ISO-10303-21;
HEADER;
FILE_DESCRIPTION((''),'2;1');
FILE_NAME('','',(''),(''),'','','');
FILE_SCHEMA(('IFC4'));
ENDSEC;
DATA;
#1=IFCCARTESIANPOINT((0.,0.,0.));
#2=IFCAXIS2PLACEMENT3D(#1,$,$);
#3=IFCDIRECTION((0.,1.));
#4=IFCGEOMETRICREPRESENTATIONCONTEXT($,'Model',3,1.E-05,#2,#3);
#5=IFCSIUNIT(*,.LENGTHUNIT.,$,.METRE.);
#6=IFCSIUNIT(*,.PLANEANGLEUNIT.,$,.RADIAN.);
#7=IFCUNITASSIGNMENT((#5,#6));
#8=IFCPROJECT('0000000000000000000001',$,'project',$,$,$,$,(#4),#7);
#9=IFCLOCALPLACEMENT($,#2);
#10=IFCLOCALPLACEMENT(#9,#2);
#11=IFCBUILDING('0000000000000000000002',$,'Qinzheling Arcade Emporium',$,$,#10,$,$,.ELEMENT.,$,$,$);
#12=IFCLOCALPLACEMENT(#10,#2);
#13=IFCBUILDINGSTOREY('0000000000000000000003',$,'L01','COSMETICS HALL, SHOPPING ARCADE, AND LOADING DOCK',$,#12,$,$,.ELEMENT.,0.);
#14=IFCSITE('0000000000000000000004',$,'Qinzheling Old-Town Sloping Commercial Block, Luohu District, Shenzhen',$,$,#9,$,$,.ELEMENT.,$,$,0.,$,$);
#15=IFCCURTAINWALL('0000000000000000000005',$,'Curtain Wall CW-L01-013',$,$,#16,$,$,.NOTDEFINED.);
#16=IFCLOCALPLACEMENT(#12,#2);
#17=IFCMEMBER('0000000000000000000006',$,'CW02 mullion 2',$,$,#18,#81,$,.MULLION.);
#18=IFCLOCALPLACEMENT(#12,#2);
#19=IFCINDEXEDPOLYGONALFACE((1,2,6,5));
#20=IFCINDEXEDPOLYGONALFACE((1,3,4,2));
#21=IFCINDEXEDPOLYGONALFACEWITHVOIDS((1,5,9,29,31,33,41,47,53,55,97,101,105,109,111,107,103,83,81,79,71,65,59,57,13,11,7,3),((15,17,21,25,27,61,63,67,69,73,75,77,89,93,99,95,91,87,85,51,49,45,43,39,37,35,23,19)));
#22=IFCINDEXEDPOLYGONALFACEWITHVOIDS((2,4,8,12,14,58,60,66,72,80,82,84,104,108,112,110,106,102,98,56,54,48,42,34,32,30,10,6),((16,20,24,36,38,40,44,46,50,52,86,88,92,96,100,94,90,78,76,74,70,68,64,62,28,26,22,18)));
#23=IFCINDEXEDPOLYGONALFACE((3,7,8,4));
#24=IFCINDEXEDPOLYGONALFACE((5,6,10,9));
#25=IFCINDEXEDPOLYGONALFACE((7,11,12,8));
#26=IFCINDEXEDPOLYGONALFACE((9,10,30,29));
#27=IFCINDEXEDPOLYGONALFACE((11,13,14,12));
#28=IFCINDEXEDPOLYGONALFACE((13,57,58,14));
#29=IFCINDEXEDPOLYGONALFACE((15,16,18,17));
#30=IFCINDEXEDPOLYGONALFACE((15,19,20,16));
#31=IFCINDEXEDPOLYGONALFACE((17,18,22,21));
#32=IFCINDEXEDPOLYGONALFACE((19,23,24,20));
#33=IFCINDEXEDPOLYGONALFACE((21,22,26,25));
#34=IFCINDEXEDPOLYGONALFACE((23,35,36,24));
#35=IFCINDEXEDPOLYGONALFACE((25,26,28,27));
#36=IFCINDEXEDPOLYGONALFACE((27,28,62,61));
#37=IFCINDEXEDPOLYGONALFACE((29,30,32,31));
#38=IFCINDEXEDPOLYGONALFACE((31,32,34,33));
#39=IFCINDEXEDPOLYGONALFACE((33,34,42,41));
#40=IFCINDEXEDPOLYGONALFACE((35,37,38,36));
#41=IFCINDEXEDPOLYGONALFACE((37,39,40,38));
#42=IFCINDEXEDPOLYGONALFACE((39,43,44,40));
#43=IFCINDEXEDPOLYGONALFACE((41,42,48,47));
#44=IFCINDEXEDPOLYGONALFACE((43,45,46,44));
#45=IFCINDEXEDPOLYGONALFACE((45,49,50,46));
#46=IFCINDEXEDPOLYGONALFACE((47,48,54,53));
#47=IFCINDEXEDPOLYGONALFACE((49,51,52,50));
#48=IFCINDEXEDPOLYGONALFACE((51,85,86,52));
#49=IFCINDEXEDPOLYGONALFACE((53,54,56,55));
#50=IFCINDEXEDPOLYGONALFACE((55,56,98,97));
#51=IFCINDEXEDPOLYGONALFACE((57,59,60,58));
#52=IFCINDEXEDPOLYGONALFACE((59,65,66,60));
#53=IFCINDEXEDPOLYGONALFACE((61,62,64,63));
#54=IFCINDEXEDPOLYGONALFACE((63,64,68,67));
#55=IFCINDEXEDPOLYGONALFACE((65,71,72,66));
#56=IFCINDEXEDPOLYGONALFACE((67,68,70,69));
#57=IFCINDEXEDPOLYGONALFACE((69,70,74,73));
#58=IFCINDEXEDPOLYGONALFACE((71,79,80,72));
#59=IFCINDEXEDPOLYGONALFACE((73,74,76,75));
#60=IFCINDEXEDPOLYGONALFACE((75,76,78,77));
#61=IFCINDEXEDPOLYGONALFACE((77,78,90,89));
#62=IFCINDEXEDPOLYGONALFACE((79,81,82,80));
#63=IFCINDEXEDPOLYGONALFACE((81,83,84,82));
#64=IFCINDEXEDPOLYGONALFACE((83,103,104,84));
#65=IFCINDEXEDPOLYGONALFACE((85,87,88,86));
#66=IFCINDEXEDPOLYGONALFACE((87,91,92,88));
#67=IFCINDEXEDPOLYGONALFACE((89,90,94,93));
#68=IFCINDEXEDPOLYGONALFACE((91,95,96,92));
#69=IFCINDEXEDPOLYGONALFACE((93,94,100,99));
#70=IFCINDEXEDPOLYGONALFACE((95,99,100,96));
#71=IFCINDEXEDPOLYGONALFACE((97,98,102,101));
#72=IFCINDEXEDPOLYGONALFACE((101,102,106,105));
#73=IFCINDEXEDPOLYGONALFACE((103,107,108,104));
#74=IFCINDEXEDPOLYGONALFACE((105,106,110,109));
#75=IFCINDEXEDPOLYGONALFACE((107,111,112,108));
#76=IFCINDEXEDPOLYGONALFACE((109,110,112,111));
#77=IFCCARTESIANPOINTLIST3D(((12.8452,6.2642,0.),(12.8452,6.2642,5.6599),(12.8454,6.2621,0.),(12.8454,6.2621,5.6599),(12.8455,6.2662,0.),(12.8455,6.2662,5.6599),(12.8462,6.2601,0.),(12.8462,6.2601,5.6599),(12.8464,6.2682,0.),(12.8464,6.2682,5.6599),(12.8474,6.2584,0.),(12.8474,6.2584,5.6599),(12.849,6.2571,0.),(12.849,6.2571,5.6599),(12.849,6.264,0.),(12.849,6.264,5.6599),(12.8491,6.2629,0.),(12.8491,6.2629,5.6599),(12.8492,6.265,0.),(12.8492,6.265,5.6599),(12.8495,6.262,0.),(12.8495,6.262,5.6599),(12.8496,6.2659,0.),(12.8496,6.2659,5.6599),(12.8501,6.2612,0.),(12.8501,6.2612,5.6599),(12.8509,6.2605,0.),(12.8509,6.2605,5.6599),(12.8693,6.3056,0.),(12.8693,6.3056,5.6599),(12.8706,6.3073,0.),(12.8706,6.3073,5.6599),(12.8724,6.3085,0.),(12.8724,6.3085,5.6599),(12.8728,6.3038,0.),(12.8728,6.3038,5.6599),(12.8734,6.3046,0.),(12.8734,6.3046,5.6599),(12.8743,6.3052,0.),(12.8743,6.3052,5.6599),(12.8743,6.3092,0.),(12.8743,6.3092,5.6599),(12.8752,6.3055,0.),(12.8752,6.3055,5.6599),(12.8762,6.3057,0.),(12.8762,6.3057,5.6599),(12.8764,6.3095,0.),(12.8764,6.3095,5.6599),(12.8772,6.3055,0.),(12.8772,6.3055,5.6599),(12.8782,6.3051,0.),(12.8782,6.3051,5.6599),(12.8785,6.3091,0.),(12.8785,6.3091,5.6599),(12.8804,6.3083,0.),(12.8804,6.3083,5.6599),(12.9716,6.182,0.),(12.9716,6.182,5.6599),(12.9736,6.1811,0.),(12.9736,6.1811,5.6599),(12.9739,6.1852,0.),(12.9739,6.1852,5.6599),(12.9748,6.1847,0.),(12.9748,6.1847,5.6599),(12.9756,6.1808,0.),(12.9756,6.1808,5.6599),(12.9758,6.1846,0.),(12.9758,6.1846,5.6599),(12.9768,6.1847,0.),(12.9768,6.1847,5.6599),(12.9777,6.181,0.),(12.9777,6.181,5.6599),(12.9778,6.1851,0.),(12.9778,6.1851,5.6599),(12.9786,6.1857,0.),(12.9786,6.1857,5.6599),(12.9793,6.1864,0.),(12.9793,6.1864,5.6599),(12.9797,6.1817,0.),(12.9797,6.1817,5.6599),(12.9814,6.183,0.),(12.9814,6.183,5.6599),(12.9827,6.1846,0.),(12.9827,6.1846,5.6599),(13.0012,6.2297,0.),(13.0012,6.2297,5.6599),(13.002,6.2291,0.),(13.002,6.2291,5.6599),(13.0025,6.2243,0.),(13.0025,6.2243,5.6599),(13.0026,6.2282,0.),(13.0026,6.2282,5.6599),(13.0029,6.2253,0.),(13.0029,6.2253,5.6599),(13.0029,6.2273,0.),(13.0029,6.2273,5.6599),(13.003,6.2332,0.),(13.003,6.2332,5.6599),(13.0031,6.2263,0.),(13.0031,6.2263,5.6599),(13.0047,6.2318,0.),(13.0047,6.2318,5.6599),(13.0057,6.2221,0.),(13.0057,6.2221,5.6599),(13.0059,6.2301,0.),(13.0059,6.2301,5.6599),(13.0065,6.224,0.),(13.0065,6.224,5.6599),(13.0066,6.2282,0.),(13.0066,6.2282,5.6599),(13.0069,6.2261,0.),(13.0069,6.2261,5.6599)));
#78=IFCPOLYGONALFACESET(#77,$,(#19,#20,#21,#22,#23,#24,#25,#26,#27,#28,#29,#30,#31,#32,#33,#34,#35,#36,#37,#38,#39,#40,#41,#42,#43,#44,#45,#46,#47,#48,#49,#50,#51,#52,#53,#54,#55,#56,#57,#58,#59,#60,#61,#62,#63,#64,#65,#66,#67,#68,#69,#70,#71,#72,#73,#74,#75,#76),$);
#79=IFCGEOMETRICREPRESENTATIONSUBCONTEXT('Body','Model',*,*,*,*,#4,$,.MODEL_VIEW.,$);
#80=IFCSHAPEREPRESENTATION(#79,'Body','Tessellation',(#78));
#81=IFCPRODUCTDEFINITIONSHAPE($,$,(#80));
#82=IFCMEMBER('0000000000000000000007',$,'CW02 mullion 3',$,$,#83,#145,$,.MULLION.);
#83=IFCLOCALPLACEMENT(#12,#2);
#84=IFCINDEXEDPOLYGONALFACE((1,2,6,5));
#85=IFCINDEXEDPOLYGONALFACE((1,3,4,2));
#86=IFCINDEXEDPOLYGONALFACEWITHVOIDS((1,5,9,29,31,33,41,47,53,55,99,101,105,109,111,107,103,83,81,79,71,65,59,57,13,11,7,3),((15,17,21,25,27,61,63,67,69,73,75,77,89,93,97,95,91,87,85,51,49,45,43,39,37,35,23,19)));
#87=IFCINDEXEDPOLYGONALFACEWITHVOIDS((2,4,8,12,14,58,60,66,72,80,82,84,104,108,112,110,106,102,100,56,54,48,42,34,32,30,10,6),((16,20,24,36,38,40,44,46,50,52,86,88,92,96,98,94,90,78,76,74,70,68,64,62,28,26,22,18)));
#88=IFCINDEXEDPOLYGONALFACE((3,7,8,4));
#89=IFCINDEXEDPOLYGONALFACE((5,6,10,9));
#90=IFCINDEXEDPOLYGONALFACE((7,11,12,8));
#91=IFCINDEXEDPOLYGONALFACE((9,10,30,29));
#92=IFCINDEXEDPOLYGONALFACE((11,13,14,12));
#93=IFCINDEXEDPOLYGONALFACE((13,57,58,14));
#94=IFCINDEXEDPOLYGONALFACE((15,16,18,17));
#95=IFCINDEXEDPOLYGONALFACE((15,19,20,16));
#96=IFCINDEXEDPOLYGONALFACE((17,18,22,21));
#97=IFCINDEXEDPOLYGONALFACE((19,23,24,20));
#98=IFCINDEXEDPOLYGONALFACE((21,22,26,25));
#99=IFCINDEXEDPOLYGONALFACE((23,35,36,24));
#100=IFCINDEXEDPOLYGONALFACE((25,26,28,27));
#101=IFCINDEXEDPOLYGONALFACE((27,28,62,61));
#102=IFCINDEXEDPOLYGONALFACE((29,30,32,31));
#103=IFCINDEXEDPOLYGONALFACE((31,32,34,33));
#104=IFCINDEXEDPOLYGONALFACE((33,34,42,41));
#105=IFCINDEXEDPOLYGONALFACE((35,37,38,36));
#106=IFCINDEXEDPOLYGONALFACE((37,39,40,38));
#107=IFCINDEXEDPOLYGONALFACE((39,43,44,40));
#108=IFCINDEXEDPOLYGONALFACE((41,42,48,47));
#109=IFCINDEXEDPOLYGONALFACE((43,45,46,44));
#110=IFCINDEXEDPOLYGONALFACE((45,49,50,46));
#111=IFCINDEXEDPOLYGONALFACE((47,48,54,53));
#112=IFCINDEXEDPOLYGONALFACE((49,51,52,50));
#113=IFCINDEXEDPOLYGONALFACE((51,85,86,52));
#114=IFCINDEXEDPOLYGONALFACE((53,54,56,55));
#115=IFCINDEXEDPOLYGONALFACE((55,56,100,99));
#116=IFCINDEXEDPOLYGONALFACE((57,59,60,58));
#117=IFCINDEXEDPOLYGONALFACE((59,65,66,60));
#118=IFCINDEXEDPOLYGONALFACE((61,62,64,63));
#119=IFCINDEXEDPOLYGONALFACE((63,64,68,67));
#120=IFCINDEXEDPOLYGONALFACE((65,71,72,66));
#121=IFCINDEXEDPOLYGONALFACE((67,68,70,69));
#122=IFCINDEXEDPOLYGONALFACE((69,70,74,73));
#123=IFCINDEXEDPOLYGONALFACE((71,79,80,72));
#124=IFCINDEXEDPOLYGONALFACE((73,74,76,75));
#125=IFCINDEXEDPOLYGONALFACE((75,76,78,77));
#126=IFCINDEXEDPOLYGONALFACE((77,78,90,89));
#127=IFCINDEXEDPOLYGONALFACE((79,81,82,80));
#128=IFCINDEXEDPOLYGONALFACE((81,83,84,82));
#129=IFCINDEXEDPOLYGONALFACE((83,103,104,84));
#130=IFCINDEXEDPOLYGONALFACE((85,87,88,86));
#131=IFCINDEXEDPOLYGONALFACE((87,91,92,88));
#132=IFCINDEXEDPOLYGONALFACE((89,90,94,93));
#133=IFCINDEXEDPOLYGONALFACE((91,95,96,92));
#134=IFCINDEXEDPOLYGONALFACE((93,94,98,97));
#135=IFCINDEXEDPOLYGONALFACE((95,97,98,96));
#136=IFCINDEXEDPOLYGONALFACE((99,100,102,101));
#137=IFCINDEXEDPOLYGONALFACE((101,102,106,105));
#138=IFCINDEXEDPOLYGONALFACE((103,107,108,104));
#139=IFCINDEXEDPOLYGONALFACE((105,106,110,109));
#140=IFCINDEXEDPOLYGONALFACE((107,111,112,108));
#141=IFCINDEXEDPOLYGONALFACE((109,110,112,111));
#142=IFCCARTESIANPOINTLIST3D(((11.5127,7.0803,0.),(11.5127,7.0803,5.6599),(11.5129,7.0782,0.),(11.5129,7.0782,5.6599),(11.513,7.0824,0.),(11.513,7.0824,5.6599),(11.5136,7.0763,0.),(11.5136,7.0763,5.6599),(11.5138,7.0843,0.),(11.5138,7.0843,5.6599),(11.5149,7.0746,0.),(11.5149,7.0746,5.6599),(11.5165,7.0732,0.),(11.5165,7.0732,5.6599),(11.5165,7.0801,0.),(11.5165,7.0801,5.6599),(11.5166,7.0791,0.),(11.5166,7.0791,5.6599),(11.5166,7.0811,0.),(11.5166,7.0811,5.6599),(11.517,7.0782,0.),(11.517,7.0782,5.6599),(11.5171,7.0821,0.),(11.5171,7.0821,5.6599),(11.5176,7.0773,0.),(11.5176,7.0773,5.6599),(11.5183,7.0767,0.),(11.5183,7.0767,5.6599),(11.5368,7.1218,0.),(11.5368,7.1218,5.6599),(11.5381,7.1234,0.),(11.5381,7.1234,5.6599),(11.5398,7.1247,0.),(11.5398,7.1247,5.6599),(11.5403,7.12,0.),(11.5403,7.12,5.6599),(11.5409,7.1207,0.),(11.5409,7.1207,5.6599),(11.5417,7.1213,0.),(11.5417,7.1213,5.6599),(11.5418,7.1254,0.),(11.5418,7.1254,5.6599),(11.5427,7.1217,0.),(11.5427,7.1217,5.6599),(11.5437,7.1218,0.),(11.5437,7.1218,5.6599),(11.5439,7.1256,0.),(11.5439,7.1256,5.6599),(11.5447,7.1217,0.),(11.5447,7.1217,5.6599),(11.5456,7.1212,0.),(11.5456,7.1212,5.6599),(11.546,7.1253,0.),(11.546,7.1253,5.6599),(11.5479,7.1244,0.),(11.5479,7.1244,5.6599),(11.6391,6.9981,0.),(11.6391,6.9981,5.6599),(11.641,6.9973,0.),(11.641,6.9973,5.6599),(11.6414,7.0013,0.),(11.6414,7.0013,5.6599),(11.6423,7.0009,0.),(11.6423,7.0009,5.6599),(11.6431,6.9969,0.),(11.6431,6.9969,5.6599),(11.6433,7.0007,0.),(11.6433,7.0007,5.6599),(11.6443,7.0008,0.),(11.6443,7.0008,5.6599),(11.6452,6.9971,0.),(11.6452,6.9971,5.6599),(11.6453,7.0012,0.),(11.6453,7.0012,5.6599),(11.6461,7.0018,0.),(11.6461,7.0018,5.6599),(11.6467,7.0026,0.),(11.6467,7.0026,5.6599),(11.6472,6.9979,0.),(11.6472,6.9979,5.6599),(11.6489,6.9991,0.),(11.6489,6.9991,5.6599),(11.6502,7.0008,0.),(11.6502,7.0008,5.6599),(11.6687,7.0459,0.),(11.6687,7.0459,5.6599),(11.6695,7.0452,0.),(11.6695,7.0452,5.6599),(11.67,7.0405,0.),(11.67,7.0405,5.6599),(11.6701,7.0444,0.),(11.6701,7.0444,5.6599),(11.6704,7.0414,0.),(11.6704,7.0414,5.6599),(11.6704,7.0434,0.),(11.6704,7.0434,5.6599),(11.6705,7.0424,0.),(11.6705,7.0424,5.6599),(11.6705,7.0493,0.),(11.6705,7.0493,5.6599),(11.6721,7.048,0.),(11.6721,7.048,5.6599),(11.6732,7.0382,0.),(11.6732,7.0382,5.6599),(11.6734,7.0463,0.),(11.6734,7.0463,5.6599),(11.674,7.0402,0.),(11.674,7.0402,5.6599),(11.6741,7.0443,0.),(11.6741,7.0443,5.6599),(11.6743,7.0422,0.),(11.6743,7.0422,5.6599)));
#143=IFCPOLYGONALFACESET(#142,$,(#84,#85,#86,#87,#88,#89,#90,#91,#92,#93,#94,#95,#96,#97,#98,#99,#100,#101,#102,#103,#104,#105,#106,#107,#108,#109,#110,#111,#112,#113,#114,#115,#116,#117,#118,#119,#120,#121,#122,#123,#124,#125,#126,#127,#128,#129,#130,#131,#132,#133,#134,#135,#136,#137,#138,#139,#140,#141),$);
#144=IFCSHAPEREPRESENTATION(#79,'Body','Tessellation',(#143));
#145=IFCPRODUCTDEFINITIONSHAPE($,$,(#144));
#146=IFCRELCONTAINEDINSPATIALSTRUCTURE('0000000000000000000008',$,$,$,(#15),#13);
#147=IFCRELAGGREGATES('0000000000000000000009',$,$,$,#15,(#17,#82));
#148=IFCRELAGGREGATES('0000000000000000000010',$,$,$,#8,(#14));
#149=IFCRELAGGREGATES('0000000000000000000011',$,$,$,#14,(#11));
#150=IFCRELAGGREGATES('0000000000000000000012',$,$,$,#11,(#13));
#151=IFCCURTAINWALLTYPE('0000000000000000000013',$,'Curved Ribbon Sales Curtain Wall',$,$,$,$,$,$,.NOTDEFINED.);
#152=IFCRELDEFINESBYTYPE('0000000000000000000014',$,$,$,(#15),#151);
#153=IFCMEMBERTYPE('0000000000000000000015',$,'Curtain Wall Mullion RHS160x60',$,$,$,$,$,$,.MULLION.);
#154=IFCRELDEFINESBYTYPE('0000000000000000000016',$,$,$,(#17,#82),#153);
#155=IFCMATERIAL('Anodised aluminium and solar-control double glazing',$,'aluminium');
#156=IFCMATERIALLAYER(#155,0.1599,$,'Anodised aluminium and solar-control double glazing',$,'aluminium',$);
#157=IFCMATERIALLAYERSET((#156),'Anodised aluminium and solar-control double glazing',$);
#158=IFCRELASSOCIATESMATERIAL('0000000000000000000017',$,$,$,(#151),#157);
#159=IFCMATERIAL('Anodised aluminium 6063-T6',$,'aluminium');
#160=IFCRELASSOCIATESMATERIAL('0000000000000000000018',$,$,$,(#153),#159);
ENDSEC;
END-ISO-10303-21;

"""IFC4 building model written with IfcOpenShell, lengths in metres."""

from ifc_helpers import new_model, si_unit, direction, frame, origin, origin_2d, place, context, subcontext, project, spatial, hollow_rectangle, extrude, material, layer, layer_set, material_profile, profile_set, type_object, element, aggregate, save


model = new_model("IFC4")

# Units and contexts
model_context = context("Model", 3, precision=1e-05, world=origin(), true_north=direction((0.0, 1.0)))
body_context = subcontext(model_context, "Body", "Model", "MODEL_VIEW")
ifc_project = project(units=[si_unit("LENGTHUNIT", "METRE"), si_unit("PLANEANGLEUNIT", "RADIAN")], contexts=[model_context])

# Site, building, storey
site_placement = place(None, origin())
site = spatial("IfcSite", under=ifc_project, at=site_placement, Name="Qinzheling Old-Town Sloping Commercial Block, Luohu District, Shenzhen", CompositionType="ELEMENT", RefElevation=0.0)
building_placement = place(site_placement, origin())
building = spatial("IfcBuilding", under=site, at=building_placement, Name="Qinzheling Arcade Emporium", CompositionType="ELEMENT")
storey_placement = place(building_placement, origin())
storey = spatial("IfcBuildingStorey", under=building, at=storey_placement, Name="L01", Description="COSMETICS HALL, SHOPPING ARCADE, AND LOADING DOCK", CompositionType="ELEMENT", Elevation=0.0)

# Shared definitions
ifc_material_1 = material(Name="Anodised aluminium and solar-control double glazing", Category="aluminium")
ifc_layer_1 = layer(ifc_material_1, 0.1599, Name="Anodised aluminium and solar-control double glazing", Category="aluminium")
ifc_layer_set_1 = layer_set([ifc_layer_1], Name="Anodised aluminium and solar-control double glazing")
curtain_wall_type = type_object("IfcCurtainWallType", Name="Curved Ribbon Sales Curtain Wall", PredefinedType="NOTDEFINED", material=ifc_layer_set_1)
ifc_material_2 = material(Name="Anodised aluminium 6063-T6", Category="aluminium")
ifc_material_profile_1 = material_profile(ifc_material_2, hollow_rectangle(XDim=0.0601, YDim=0.1599, WallThickness=0.0039, InnerFilletRadius=0.0039, OuterFilletRadius=0.0081, at=origin_2d()), Name="RHS 160x60x4", Category="aluminium")
ifc_profile_set_1 = profile_set([ifc_material_profile_1], Name="Anodised aluminium 6063-T6")
member_type_1 = type_object("IfcMemberType", Name="Curtain Wall Mullion RHS160x60", PredefinedType="MULLION", material=ifc_profile_set_1)

# Curtain wall, members
curtain_wall_1_placement = place(storey_placement, origin())
curtain_wall_1 = element("IfcCurtainWall", 1, at=curtain_wall_1_placement, inside=storey, type_object=curtain_wall_type, Name="Curtain Wall CW-L01-013", PredefinedType="NOTDEFINED")
member_1_placement = place(storey_placement, frame((12.926, 6.2451, 0.0), z_axis=(0.0, 0.0, 1.0), x_axis=(-0.522415, -0.852691, 0.0)))
member_1 = element("IfcMember", 2, at=member_1_placement, type_object=member_type_1, Name="CW02 mullion 2", PredefinedType="MULLION", context=body_context, shape_type="SweptSolid", body=[
    extrude(hollow_rectangle(XDim=0.0601, YDim=0.1599, WallThickness=0.0039, InnerFilletRadius=0.0039, OuterFilletRadius=0.0081, at=origin_2d()), origin(), (0.0, 0.0, 1.0), 5.6599),
])
member_2_placement = place(storey_placement, frame((11.5935, 7.0613, 0.0), z_axis=(0.0, 0.0, 1.0), x_axis=(-0.522415, -0.852691, 0.0)))
member_2 = element("IfcMember", 3, at=member_2_placement, type_object=member_type_1, Name="CW02 mullion 3", PredefinedType="MULLION", context=body_context, shape_type="SweptSolid", body=[
    extrude(hollow_rectangle(XDim=0.0601, YDim=0.1599, WallThickness=0.0039, InnerFilletRadius=0.0039, OuterFilletRadius=0.0081, at=origin_2d()), origin(), (0.0, 0.0, 1.0), 5.6599),
])

aggregate(curtain_wall_1, [member_1, member_2])

save(model, "model.ifc")
